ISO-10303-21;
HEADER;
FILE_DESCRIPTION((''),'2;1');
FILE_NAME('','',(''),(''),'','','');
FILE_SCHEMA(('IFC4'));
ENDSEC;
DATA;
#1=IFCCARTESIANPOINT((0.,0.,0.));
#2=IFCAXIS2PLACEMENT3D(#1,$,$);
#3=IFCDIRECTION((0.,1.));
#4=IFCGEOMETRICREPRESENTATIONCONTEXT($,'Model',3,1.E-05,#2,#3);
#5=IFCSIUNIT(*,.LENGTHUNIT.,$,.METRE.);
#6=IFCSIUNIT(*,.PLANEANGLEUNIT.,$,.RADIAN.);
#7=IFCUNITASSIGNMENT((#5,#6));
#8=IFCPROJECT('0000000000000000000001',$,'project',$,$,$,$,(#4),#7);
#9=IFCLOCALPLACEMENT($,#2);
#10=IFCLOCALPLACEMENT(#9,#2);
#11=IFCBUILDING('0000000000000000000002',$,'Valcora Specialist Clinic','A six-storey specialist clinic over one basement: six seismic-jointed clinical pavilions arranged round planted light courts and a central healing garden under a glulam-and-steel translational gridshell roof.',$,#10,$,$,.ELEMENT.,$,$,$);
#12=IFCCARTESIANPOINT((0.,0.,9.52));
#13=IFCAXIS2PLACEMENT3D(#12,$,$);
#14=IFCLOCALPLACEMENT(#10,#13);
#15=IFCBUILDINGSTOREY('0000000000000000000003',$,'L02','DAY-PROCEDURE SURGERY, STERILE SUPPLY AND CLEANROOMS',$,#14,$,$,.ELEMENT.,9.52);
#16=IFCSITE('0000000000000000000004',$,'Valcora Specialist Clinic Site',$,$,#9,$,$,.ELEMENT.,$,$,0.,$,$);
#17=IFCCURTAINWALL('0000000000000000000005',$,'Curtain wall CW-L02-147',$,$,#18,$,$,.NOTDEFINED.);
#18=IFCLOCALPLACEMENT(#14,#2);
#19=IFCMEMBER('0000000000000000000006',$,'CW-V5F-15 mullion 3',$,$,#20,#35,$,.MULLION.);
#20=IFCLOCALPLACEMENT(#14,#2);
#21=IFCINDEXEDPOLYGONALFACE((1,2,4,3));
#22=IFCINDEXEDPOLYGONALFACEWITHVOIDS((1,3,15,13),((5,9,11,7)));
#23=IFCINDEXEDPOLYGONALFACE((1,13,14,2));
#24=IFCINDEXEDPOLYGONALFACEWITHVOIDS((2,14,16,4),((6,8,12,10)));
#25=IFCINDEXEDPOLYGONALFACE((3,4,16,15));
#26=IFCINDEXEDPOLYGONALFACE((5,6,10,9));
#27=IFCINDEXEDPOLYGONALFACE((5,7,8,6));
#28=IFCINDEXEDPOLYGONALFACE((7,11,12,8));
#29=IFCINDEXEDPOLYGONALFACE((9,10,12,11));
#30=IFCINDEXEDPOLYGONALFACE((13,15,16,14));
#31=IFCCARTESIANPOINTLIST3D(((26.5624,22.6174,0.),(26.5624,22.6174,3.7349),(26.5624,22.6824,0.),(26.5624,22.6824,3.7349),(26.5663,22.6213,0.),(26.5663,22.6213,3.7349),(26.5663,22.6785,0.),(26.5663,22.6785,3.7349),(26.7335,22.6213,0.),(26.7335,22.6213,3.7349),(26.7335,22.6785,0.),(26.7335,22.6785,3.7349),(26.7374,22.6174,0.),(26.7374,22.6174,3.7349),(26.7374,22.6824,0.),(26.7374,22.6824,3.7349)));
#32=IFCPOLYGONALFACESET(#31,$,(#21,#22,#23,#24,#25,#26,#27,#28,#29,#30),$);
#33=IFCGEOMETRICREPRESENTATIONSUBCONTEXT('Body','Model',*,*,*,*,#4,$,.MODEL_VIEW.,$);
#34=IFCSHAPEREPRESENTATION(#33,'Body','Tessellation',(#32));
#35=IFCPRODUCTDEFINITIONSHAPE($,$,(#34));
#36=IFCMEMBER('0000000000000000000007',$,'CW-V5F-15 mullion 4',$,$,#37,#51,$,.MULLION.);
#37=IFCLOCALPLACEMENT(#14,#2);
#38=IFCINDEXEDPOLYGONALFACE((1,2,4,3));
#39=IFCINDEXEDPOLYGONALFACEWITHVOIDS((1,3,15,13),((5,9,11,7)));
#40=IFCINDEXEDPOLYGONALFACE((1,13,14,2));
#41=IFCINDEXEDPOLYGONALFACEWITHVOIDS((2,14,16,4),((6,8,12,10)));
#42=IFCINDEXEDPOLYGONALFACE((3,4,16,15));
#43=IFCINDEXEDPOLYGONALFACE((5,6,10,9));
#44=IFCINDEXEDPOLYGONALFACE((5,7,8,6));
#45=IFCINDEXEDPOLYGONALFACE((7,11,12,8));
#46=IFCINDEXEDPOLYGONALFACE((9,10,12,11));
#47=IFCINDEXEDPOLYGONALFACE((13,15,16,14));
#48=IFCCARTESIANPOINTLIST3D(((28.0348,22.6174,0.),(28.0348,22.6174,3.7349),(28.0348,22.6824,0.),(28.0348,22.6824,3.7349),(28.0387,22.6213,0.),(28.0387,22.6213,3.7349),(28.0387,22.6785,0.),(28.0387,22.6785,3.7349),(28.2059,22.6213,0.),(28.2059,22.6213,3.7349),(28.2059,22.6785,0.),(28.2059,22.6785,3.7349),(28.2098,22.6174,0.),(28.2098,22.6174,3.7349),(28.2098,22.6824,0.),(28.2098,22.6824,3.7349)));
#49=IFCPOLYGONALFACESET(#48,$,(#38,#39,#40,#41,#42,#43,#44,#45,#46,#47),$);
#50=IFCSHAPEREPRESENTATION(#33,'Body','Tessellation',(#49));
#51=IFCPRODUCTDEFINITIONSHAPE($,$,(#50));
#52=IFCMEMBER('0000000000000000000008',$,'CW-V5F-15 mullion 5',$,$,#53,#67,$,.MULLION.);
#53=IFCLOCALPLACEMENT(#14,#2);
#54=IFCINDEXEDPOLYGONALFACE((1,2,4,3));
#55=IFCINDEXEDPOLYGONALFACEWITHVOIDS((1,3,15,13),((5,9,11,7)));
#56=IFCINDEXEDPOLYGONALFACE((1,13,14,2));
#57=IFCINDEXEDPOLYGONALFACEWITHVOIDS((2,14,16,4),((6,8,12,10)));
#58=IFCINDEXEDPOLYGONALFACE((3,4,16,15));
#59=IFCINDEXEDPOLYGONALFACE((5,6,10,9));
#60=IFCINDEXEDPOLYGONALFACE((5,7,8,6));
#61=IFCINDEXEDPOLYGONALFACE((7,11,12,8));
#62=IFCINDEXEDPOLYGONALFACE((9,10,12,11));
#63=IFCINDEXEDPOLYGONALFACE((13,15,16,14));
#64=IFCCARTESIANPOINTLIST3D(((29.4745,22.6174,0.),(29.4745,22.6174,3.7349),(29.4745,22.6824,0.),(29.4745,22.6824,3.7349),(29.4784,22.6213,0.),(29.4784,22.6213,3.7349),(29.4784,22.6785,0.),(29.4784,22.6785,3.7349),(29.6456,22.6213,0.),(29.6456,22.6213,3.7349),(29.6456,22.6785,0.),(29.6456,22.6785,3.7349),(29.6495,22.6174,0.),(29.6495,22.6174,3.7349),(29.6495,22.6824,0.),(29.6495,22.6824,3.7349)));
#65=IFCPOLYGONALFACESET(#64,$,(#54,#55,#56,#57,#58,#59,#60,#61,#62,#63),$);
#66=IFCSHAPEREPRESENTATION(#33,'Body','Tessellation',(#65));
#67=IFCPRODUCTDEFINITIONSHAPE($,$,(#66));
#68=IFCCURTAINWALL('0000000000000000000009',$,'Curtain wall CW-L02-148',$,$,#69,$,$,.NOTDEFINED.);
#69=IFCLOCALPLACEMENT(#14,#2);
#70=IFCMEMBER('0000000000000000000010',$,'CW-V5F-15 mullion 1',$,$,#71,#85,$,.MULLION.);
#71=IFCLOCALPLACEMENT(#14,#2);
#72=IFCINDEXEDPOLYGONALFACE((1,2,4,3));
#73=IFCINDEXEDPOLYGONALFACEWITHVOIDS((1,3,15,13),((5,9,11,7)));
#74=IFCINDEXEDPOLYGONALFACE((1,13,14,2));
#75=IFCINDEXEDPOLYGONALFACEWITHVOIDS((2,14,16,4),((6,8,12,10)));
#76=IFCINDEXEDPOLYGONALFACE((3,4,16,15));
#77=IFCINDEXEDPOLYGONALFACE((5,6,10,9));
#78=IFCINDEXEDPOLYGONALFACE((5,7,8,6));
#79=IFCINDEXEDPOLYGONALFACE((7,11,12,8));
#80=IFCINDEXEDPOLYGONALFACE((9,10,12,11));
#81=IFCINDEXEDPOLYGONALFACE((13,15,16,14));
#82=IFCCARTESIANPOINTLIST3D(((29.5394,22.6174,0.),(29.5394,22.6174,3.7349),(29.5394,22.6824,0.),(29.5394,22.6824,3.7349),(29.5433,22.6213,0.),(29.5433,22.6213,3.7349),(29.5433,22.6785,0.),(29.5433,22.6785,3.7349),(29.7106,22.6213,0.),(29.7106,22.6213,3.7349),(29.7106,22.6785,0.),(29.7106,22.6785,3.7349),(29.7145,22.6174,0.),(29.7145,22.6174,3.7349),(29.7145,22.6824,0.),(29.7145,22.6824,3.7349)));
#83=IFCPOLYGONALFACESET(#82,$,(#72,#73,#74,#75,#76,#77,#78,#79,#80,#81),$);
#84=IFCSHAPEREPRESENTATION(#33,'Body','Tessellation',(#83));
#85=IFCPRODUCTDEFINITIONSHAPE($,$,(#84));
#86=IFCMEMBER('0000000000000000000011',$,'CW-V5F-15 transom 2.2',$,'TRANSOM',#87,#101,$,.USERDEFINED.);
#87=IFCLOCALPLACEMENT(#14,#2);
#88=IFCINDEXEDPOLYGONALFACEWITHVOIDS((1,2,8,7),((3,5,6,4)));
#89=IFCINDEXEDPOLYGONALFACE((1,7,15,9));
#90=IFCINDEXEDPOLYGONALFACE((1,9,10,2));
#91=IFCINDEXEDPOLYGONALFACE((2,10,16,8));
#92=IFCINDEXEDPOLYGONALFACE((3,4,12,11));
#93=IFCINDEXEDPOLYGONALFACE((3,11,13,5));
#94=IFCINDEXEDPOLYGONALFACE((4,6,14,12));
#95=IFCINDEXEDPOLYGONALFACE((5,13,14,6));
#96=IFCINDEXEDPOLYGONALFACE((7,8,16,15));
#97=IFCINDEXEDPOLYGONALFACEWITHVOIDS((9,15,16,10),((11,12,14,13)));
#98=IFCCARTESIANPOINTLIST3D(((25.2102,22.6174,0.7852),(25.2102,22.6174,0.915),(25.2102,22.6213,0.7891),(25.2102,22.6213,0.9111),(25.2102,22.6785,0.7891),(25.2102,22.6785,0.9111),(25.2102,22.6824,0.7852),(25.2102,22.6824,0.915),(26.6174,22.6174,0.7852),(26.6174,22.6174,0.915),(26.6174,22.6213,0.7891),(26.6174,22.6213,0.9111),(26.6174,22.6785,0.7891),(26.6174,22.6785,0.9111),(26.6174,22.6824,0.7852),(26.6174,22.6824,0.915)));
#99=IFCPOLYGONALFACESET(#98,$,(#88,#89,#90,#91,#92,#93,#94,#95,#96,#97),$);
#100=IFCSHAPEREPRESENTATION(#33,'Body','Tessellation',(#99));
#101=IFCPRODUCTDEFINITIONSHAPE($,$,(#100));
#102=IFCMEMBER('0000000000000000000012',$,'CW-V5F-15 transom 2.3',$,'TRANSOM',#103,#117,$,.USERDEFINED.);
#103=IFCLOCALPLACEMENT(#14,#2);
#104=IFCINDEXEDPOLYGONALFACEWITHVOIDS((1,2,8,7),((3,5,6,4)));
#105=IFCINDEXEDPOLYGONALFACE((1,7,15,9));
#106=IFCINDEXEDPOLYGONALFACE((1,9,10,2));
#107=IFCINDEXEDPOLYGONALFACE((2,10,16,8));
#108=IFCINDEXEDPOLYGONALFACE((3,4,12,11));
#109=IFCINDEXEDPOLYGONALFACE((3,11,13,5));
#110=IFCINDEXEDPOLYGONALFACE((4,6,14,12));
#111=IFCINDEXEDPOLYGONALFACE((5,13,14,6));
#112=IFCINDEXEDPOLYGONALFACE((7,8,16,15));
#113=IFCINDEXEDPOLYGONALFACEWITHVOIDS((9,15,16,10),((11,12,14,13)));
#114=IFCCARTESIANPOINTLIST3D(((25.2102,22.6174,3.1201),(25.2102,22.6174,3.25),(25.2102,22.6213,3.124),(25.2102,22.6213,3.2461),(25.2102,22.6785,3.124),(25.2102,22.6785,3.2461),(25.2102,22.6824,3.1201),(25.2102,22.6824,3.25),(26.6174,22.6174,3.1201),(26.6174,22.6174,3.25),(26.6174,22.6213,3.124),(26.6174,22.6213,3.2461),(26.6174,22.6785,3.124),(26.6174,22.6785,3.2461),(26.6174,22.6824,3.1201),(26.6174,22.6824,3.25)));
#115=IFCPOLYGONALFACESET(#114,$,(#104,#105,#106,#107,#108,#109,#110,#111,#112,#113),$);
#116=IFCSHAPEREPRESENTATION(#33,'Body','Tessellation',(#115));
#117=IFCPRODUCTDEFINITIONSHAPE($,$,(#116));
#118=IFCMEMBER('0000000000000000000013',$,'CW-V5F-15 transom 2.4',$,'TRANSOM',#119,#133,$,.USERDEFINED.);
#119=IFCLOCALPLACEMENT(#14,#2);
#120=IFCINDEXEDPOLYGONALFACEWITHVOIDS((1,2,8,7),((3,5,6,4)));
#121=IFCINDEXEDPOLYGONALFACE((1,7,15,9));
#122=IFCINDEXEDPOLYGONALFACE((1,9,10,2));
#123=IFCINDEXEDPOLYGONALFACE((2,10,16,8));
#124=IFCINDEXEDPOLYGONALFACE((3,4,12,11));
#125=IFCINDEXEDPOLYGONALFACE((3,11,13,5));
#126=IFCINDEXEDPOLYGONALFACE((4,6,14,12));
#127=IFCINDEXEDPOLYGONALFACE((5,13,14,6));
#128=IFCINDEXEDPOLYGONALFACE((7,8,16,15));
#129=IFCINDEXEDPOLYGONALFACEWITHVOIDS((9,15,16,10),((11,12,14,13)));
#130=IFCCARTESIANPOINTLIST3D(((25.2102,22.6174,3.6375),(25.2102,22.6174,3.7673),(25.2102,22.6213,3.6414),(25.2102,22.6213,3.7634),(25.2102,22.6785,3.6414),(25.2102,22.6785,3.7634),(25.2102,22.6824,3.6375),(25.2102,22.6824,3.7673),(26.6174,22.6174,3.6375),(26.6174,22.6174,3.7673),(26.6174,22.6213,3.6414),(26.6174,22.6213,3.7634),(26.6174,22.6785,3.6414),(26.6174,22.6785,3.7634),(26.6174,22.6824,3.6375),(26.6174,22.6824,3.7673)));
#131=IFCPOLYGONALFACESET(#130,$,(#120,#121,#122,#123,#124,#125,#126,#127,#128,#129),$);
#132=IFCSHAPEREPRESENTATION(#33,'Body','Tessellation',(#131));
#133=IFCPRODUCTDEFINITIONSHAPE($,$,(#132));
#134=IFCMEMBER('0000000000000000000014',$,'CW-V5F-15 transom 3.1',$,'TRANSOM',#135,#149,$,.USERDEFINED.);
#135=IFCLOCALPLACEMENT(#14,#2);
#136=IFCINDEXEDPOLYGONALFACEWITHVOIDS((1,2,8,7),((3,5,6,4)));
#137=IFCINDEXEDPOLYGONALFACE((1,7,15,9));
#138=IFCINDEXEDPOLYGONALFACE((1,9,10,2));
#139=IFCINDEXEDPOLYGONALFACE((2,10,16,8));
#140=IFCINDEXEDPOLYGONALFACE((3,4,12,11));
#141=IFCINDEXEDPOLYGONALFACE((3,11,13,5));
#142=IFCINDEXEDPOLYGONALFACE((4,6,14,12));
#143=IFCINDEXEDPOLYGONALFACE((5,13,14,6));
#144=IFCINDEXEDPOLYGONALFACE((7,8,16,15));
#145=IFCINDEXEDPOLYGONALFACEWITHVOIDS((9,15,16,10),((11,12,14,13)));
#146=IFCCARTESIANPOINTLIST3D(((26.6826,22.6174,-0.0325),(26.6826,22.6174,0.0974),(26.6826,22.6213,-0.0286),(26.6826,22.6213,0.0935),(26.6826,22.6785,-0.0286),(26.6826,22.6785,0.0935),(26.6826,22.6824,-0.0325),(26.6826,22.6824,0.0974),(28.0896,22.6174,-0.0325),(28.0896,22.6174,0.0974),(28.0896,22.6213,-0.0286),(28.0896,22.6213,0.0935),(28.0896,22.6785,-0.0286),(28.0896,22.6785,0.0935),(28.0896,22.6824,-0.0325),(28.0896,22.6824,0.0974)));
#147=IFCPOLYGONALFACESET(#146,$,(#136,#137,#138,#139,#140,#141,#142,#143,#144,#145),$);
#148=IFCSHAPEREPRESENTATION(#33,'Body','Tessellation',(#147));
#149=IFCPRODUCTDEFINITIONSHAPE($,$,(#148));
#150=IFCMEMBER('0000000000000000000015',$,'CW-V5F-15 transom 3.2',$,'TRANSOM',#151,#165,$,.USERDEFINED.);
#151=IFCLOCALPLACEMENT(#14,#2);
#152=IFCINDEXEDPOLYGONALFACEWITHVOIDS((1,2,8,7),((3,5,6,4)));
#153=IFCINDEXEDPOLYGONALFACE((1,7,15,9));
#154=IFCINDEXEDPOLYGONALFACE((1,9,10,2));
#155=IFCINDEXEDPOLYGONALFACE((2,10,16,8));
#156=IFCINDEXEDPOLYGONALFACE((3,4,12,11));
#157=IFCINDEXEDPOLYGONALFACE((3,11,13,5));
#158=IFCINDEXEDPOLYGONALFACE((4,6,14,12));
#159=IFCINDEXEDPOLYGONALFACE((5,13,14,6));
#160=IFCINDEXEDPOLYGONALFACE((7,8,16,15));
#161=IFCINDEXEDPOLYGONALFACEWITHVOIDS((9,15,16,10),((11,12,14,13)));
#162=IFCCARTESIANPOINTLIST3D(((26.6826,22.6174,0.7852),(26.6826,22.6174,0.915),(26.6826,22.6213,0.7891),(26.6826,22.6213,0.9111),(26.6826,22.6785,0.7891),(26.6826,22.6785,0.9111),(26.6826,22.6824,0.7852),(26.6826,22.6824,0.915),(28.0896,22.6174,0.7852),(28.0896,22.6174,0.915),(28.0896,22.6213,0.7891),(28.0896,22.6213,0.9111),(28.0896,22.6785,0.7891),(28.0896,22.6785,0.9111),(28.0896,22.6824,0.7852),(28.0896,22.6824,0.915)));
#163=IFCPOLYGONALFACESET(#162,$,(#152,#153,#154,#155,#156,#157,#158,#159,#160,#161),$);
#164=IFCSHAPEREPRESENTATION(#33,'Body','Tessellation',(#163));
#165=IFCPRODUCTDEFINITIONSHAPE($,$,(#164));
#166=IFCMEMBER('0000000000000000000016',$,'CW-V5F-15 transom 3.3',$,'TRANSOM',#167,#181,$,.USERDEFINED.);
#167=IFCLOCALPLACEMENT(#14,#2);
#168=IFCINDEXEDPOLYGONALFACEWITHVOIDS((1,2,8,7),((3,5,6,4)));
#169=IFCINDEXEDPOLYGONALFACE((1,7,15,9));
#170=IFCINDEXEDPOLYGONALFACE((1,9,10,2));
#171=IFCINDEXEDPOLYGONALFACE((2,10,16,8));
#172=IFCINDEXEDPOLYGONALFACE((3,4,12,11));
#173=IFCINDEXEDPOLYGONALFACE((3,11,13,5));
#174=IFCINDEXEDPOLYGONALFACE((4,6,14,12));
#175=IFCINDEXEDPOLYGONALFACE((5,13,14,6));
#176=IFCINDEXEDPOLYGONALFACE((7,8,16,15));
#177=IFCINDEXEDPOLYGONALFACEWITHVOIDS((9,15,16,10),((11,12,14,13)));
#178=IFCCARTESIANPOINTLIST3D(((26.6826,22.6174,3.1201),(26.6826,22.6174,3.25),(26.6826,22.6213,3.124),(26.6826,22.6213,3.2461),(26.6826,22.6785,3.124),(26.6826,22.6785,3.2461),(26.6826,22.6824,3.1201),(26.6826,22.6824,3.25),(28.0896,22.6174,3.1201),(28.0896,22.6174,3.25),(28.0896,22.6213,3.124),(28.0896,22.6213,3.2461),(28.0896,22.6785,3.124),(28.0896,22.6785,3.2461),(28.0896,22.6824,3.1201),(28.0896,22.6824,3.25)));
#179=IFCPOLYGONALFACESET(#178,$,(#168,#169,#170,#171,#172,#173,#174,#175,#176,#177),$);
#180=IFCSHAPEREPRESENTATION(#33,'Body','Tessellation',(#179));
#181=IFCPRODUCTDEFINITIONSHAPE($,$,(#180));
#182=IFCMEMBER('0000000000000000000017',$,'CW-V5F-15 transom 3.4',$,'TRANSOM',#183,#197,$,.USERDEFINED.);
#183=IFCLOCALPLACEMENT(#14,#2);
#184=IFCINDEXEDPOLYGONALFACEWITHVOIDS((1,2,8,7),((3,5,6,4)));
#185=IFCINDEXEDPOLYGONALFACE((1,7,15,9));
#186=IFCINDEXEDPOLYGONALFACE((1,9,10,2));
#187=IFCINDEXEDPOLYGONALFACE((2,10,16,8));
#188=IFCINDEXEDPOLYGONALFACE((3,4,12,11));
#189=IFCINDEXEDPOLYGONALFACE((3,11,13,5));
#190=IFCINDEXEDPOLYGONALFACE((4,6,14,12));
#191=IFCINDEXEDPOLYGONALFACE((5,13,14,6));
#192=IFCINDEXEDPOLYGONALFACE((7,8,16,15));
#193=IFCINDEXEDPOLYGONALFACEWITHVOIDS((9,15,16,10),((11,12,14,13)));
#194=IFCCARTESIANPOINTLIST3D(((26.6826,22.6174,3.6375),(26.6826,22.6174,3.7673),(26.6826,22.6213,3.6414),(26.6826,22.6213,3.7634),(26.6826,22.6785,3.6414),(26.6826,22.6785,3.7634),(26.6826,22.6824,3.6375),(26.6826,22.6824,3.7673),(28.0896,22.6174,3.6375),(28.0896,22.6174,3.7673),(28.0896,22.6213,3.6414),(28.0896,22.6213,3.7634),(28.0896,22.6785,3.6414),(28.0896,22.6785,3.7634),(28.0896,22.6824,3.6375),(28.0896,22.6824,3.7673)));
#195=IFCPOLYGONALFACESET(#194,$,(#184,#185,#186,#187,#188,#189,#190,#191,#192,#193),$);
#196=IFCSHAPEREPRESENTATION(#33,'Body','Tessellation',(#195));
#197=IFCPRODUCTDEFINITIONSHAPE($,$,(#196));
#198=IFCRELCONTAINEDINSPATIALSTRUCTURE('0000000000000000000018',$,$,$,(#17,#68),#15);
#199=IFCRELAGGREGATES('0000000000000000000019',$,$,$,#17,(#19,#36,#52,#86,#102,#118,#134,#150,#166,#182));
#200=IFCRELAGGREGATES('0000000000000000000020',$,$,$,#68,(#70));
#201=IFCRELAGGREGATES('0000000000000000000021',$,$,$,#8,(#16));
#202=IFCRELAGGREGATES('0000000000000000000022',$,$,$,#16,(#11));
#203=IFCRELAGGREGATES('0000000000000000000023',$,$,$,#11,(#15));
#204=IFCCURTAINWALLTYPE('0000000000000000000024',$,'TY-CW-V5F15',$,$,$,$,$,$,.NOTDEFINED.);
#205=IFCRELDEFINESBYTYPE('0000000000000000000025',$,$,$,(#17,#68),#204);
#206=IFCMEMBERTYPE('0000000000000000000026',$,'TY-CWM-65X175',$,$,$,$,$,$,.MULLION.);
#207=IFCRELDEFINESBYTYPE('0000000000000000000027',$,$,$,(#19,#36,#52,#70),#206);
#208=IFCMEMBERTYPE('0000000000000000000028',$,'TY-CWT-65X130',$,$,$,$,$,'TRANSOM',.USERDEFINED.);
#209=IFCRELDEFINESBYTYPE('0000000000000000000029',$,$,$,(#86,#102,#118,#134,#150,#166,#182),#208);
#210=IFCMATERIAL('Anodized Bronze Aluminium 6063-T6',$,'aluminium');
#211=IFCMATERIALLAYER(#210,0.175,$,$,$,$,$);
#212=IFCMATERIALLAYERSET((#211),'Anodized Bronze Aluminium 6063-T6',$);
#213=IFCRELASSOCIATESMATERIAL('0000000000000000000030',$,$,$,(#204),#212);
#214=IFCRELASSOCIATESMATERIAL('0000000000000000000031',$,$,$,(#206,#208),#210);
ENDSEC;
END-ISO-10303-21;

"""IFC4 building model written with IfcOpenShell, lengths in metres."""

from ifc_helpers import new_model, si_unit, direction, frame, origin, origin_2d, place, context, subcontext, project, spatial, hollow_rectangle, extrude, material, layer, layer_set, material_profile, profile_set, type_object, element, aggregate, save


model = new_model("IFC4")

# Units and contexts
model_context = context("Model", 3, precision=1e-05, world=origin(), true_north=direction((0.0, 1.0)))
body_context = subcontext(model_context, "Body", "Model", "MODEL_VIEW")
ifc_project = project(units=[si_unit("LENGTHUNIT", "METRE"), si_unit("PLANEANGLEUNIT", "RADIAN")], contexts=[model_context])

# Site, building, storey
site_placement = place(None, origin())
site = spatial("IfcSite", under=ifc_project, at=site_placement, Name="Valcora Specialist Clinic Site", CompositionType="ELEMENT", RefElevation=0.0)
building_placement = place(site_placement, origin())
building = spatial("IfcBuilding", under=site, at=building_placement, Name="Valcora Specialist Clinic", Description="A six-storey specialist clinic over one basement: six seismic-jointed clinical pavilions arranged round planted light courts and a central healing garden under a glulam-and-steel translational gridshell roof.", CompositionType="ELEMENT")
storey_placement = place(building_placement, frame((0.0, 0.0, 9.52)))
storey = spatial("IfcBuildingStorey", under=building, at=storey_placement, Name="L02", Description="DAY-PROCEDURE SURGERY, STERILE SUPPLY AND CLEANROOMS", CompositionType="ELEMENT", Elevation=9.52)

# Curtain wall, members
ifc_material_1 = material(Name="Anodized Bronze Aluminium 6063-T6", Category="aluminium")
ifc_layer_1 = layer(ifc_material_1, 0.175)
ifc_layer_set_1 = layer_set([ifc_layer_1], Name="Anodized Bronze Aluminium 6063-T6")
curtain_wall_type = type_object("IfcCurtainWallType", Name="TY-CW-V5F15", PredefinedType="NOTDEFINED", material=ifc_layer_set_1)
curtain_wall_1_placement = place(storey_placement, origin())
curtain_wall_1 = element("IfcCurtainWall", 1, at=curtain_wall_1_placement, inside=storey, type_object=curtain_wall_type, Name="Curtain wall CW-L02-147", PredefinedType="NOTDEFINED")
ifc_material_profile_1 = material_profile(ifc_material_1, hollow_rectangle(XDim=0.0649, YDim=0.175, WallThickness=0.0039, at=origin_2d()), Name="AL-MUL-65X175")
ifc_profile_set_1 = profile_set([ifc_material_profile_1], Name="Anodized Bronze Aluminium 6063-T6")
member_type_1 = type_object("IfcMemberType", Name="TY-CWM-65X175", PredefinedType="MULLION", material=ifc_profile_set_1)
member_1_placement = place(storey_placement, frame((26.6499, 22.6499, 0.0), z_axis=(0.0, 0.0, 1.0), x_axis=(0.0, 1.0, 0.0)))
member_1 = element("IfcMember", 2, at=member_1_placement, type_object=member_type_1, Name="CW-V5F-15 mullion 3", PredefinedType="MULLION", context=body_context, shape_type="SweptSolid", body=[
    extrude(hollow_rectangle(XDim=0.0649, YDim=0.175, WallThickness=0.0039, at=origin_2d()), origin(), (0.0, 0.0, 1.0), 3.7349),
])
member_2_placement = place(storey_placement, frame((28.1223, 22.6499, 0.0), z_axis=(0.0, 0.0, 1.0), x_axis=(0.0, 1.0, 0.0)))
member_2 = element("IfcMember", 3, at=member_2_placement, type_object=member_type_1, Name="CW-V5F-15 mullion 4", PredefinedType="MULLION", context=body_context, shape_type="SweptSolid", body=[
    extrude(hollow_rectangle(XDim=0.0649, YDim=0.175, WallThickness=0.0039, at=origin_2d()), origin(), (0.0, 0.0, 1.0), 3.7349),
])
member_3_placement = place(storey_placement, frame((29.562, 22.6499, 0.0), z_axis=(0.0, 0.0, 1.0), x_axis=(0.0, 1.0, 0.0)))
member_3 = element("IfcMember", 4, at=member_3_placement, type_object=member_type_1, Name="CW-V5F-15 mullion 5", PredefinedType="MULLION", context=body_context, shape_type="SweptSolid", body=[
    extrude(hollow_rectangle(XDim=0.0649, YDim=0.175, WallThickness=0.0039, at=origin_2d()), origin(), (0.0, 0.0, 1.0), 3.7349),
])

# Curtain wall, member
curtain_wall_2_placement = place(storey_placement, origin())
curtain_wall_2 = element("IfcCurtainWall", 5, at=curtain_wall_2_placement, inside=storey, type_object=curtain_wall_type, Name="Curtain wall CW-L02-148", PredefinedType="NOTDEFINED")
member_4_placement = place(storey_placement, frame((29.627, 22.6499, 0.0), z_axis=(0.0, 0.0, 1.0), x_axis=(0.0, 1.0, 0.0)))
member_4 = element("IfcMember", 6, at=member_4_placement, type_object=member_type_1, Name="CW-V5F-15 mullion 1", PredefinedType="MULLION", context=body_context, shape_type="SweptSolid", body=[
    extrude(hollow_rectangle(XDim=0.0649, YDim=0.175, WallThickness=0.0039, at=origin_2d()), origin(), (0.0, 0.0, 1.0), 3.7349),
])

# Members
ifc_material_profile_2 = material_profile(ifc_material_1, hollow_rectangle(XDim=0.0649, YDim=0.1299, WallThickness=0.0039, at=origin_2d()), Name="AL-TRN-65X130")
ifc_profile_set_2 = profile_set([ifc_material_profile_2], Name="Anodized Bronze Aluminium 6063-T6")
member_type_2 = type_object("IfcMemberType", Name="TY-CWT-65X130", ElementType="TRANSOM", PredefinedType="USERDEFINED", material=ifc_profile_set_2)
member_5_placement = place(storey_placement, frame((25.2102, 22.6499, 0.8501), z_axis=(1.0, 0.0, 0.0), x_axis=(0.0, 1.0, 0.0)))
member_5 = element("IfcMember", 7, at=member_5_placement, type_object=member_type_2, Name="CW-V5F-15 transom 2.2", ObjectType="TRANSOM", PredefinedType="USERDEFINED", context=body_context, shape_type="SweptSolid", body=[
    extrude(hollow_rectangle(XDim=0.0649, YDim=0.1299, WallThickness=0.0039, at=origin_2d()), origin(), (0.0, 0.0, 1.0), 1.4072),
])
member_6_placement = place(storey_placement, frame((25.2102, 22.6499, 3.1851), z_axis=(1.0, 0.0, 0.0), x_axis=(0.0, 1.0, 0.0)))
member_6 = element("IfcMember", 8, at=member_6_placement, type_object=member_type_2, Name="CW-V5F-15 transom 2.3", ObjectType="TRANSOM", PredefinedType="USERDEFINED", context=body_context, shape_type="SweptSolid", body=[
    extrude(hollow_rectangle(XDim=0.0649, YDim=0.1299, WallThickness=0.0039, at=origin_2d()), origin(), (0.0, 0.0, 1.0), 1.4072),
])
member_7_placement = place(storey_placement, frame((25.2102, 22.6499, 3.7024), z_axis=(1.0, 0.0, 0.0), x_axis=(0.0, 1.0, 0.0)))
member_7 = element("IfcMember", 9, at=member_7_placement, type_object=member_type_2, Name="CW-V5F-15 transom 2.4", ObjectType="TRANSOM", PredefinedType="USERDEFINED", context=body_context, shape_type="SweptSolid", body=[
    extrude(hollow_rectangle(XDim=0.0649, YDim=0.1299, WallThickness=0.0039, at=origin_2d()), origin(), (0.0, 0.0, 1.0), 1.4072),
])
member_8_placement = place(storey_placement, frame((26.6826, 22.6499, 0.0325), z_axis=(1.0, 0.0, 0.0), x_axis=(0.0, 1.0, 0.0)))
member_8 = element("IfcMember", 10, at=member_8_placement, type_object=member_type_2, Name="CW-V5F-15 transom 3.1", ObjectType="TRANSOM", PredefinedType="USERDEFINED", context=body_context, shape_type="SweptSolid", body=[
    extrude(hollow_rectangle(XDim=0.0649, YDim=0.1299, WallThickness=0.0039, at=origin_2d()), origin(), (0.0, 0.0, 1.0), 1.407),
])
member_9_placement = place(storey_placement, frame((26.6826, 22.6499, 0.8501), z_axis=(1.0, 0.0, 0.0), x_axis=(0.0, 1.0, 0.0)))
member_9 = element("IfcMember", 11, at=member_9_placement, type_object=member_type_2, Name="CW-V5F-15 transom 3.2", ObjectType="TRANSOM", PredefinedType="USERDEFINED", context=body_context, shape_type="SweptSolid", body=[
    extrude(hollow_rectangle(XDim=0.0649, YDim=0.1299, WallThickness=0.0039, at=origin_2d()), origin(), (0.0, 0.0, 1.0), 1.407),
])
member_10_placement = place(storey_placement, frame((26.6826, 22.6499, 3.1851), z_axis=(1.0, 0.0, 0.0), x_axis=(0.0, 1.0, 0.0)))
member_10 = element("IfcMember", 12, at=member_10_placement, type_object=member_type_2, Name="CW-V5F-15 transom 3.3", ObjectType="TRANSOM", PredefinedType="USERDEFINED", context=body_context, shape_type="SweptSolid", body=[
    extrude(hollow_rectangle(XDim=0.0649, YDim=0.1299, WallThickness=0.0039, at=origin_2d()), origin(), (0.0, 0.0, 1.0), 1.407),
])
member_11_placement = place(storey_placement, frame((26.6826, 22.6499, 3.7024), z_axis=(1.0, 0.0, 0.0), x_axis=(0.0, 1.0, 0.0)))
member_11 = element("IfcMember", 13, at=member_11_placement, type_object=member_type_2, Name="CW-V5F-15 transom 3.4", ObjectType="TRANSOM", PredefinedType="USERDEFINED", context=body_context, shape_type="SweptSolid", body=[
    extrude(hollow_rectangle(XDim=0.0649, YDim=0.1299, WallThickness=0.0039, at=origin_2d()), origin(), (0.0, 0.0, 1.0), 1.407),
])

aggregate(curtain_wall_1, [member_1, member_2, member_3, member_5, member_6, member_7, member_8, member_9, member_10, member_11])
aggregate(curtain_wall_2, [member_4])

save(model, "model.ifc")
